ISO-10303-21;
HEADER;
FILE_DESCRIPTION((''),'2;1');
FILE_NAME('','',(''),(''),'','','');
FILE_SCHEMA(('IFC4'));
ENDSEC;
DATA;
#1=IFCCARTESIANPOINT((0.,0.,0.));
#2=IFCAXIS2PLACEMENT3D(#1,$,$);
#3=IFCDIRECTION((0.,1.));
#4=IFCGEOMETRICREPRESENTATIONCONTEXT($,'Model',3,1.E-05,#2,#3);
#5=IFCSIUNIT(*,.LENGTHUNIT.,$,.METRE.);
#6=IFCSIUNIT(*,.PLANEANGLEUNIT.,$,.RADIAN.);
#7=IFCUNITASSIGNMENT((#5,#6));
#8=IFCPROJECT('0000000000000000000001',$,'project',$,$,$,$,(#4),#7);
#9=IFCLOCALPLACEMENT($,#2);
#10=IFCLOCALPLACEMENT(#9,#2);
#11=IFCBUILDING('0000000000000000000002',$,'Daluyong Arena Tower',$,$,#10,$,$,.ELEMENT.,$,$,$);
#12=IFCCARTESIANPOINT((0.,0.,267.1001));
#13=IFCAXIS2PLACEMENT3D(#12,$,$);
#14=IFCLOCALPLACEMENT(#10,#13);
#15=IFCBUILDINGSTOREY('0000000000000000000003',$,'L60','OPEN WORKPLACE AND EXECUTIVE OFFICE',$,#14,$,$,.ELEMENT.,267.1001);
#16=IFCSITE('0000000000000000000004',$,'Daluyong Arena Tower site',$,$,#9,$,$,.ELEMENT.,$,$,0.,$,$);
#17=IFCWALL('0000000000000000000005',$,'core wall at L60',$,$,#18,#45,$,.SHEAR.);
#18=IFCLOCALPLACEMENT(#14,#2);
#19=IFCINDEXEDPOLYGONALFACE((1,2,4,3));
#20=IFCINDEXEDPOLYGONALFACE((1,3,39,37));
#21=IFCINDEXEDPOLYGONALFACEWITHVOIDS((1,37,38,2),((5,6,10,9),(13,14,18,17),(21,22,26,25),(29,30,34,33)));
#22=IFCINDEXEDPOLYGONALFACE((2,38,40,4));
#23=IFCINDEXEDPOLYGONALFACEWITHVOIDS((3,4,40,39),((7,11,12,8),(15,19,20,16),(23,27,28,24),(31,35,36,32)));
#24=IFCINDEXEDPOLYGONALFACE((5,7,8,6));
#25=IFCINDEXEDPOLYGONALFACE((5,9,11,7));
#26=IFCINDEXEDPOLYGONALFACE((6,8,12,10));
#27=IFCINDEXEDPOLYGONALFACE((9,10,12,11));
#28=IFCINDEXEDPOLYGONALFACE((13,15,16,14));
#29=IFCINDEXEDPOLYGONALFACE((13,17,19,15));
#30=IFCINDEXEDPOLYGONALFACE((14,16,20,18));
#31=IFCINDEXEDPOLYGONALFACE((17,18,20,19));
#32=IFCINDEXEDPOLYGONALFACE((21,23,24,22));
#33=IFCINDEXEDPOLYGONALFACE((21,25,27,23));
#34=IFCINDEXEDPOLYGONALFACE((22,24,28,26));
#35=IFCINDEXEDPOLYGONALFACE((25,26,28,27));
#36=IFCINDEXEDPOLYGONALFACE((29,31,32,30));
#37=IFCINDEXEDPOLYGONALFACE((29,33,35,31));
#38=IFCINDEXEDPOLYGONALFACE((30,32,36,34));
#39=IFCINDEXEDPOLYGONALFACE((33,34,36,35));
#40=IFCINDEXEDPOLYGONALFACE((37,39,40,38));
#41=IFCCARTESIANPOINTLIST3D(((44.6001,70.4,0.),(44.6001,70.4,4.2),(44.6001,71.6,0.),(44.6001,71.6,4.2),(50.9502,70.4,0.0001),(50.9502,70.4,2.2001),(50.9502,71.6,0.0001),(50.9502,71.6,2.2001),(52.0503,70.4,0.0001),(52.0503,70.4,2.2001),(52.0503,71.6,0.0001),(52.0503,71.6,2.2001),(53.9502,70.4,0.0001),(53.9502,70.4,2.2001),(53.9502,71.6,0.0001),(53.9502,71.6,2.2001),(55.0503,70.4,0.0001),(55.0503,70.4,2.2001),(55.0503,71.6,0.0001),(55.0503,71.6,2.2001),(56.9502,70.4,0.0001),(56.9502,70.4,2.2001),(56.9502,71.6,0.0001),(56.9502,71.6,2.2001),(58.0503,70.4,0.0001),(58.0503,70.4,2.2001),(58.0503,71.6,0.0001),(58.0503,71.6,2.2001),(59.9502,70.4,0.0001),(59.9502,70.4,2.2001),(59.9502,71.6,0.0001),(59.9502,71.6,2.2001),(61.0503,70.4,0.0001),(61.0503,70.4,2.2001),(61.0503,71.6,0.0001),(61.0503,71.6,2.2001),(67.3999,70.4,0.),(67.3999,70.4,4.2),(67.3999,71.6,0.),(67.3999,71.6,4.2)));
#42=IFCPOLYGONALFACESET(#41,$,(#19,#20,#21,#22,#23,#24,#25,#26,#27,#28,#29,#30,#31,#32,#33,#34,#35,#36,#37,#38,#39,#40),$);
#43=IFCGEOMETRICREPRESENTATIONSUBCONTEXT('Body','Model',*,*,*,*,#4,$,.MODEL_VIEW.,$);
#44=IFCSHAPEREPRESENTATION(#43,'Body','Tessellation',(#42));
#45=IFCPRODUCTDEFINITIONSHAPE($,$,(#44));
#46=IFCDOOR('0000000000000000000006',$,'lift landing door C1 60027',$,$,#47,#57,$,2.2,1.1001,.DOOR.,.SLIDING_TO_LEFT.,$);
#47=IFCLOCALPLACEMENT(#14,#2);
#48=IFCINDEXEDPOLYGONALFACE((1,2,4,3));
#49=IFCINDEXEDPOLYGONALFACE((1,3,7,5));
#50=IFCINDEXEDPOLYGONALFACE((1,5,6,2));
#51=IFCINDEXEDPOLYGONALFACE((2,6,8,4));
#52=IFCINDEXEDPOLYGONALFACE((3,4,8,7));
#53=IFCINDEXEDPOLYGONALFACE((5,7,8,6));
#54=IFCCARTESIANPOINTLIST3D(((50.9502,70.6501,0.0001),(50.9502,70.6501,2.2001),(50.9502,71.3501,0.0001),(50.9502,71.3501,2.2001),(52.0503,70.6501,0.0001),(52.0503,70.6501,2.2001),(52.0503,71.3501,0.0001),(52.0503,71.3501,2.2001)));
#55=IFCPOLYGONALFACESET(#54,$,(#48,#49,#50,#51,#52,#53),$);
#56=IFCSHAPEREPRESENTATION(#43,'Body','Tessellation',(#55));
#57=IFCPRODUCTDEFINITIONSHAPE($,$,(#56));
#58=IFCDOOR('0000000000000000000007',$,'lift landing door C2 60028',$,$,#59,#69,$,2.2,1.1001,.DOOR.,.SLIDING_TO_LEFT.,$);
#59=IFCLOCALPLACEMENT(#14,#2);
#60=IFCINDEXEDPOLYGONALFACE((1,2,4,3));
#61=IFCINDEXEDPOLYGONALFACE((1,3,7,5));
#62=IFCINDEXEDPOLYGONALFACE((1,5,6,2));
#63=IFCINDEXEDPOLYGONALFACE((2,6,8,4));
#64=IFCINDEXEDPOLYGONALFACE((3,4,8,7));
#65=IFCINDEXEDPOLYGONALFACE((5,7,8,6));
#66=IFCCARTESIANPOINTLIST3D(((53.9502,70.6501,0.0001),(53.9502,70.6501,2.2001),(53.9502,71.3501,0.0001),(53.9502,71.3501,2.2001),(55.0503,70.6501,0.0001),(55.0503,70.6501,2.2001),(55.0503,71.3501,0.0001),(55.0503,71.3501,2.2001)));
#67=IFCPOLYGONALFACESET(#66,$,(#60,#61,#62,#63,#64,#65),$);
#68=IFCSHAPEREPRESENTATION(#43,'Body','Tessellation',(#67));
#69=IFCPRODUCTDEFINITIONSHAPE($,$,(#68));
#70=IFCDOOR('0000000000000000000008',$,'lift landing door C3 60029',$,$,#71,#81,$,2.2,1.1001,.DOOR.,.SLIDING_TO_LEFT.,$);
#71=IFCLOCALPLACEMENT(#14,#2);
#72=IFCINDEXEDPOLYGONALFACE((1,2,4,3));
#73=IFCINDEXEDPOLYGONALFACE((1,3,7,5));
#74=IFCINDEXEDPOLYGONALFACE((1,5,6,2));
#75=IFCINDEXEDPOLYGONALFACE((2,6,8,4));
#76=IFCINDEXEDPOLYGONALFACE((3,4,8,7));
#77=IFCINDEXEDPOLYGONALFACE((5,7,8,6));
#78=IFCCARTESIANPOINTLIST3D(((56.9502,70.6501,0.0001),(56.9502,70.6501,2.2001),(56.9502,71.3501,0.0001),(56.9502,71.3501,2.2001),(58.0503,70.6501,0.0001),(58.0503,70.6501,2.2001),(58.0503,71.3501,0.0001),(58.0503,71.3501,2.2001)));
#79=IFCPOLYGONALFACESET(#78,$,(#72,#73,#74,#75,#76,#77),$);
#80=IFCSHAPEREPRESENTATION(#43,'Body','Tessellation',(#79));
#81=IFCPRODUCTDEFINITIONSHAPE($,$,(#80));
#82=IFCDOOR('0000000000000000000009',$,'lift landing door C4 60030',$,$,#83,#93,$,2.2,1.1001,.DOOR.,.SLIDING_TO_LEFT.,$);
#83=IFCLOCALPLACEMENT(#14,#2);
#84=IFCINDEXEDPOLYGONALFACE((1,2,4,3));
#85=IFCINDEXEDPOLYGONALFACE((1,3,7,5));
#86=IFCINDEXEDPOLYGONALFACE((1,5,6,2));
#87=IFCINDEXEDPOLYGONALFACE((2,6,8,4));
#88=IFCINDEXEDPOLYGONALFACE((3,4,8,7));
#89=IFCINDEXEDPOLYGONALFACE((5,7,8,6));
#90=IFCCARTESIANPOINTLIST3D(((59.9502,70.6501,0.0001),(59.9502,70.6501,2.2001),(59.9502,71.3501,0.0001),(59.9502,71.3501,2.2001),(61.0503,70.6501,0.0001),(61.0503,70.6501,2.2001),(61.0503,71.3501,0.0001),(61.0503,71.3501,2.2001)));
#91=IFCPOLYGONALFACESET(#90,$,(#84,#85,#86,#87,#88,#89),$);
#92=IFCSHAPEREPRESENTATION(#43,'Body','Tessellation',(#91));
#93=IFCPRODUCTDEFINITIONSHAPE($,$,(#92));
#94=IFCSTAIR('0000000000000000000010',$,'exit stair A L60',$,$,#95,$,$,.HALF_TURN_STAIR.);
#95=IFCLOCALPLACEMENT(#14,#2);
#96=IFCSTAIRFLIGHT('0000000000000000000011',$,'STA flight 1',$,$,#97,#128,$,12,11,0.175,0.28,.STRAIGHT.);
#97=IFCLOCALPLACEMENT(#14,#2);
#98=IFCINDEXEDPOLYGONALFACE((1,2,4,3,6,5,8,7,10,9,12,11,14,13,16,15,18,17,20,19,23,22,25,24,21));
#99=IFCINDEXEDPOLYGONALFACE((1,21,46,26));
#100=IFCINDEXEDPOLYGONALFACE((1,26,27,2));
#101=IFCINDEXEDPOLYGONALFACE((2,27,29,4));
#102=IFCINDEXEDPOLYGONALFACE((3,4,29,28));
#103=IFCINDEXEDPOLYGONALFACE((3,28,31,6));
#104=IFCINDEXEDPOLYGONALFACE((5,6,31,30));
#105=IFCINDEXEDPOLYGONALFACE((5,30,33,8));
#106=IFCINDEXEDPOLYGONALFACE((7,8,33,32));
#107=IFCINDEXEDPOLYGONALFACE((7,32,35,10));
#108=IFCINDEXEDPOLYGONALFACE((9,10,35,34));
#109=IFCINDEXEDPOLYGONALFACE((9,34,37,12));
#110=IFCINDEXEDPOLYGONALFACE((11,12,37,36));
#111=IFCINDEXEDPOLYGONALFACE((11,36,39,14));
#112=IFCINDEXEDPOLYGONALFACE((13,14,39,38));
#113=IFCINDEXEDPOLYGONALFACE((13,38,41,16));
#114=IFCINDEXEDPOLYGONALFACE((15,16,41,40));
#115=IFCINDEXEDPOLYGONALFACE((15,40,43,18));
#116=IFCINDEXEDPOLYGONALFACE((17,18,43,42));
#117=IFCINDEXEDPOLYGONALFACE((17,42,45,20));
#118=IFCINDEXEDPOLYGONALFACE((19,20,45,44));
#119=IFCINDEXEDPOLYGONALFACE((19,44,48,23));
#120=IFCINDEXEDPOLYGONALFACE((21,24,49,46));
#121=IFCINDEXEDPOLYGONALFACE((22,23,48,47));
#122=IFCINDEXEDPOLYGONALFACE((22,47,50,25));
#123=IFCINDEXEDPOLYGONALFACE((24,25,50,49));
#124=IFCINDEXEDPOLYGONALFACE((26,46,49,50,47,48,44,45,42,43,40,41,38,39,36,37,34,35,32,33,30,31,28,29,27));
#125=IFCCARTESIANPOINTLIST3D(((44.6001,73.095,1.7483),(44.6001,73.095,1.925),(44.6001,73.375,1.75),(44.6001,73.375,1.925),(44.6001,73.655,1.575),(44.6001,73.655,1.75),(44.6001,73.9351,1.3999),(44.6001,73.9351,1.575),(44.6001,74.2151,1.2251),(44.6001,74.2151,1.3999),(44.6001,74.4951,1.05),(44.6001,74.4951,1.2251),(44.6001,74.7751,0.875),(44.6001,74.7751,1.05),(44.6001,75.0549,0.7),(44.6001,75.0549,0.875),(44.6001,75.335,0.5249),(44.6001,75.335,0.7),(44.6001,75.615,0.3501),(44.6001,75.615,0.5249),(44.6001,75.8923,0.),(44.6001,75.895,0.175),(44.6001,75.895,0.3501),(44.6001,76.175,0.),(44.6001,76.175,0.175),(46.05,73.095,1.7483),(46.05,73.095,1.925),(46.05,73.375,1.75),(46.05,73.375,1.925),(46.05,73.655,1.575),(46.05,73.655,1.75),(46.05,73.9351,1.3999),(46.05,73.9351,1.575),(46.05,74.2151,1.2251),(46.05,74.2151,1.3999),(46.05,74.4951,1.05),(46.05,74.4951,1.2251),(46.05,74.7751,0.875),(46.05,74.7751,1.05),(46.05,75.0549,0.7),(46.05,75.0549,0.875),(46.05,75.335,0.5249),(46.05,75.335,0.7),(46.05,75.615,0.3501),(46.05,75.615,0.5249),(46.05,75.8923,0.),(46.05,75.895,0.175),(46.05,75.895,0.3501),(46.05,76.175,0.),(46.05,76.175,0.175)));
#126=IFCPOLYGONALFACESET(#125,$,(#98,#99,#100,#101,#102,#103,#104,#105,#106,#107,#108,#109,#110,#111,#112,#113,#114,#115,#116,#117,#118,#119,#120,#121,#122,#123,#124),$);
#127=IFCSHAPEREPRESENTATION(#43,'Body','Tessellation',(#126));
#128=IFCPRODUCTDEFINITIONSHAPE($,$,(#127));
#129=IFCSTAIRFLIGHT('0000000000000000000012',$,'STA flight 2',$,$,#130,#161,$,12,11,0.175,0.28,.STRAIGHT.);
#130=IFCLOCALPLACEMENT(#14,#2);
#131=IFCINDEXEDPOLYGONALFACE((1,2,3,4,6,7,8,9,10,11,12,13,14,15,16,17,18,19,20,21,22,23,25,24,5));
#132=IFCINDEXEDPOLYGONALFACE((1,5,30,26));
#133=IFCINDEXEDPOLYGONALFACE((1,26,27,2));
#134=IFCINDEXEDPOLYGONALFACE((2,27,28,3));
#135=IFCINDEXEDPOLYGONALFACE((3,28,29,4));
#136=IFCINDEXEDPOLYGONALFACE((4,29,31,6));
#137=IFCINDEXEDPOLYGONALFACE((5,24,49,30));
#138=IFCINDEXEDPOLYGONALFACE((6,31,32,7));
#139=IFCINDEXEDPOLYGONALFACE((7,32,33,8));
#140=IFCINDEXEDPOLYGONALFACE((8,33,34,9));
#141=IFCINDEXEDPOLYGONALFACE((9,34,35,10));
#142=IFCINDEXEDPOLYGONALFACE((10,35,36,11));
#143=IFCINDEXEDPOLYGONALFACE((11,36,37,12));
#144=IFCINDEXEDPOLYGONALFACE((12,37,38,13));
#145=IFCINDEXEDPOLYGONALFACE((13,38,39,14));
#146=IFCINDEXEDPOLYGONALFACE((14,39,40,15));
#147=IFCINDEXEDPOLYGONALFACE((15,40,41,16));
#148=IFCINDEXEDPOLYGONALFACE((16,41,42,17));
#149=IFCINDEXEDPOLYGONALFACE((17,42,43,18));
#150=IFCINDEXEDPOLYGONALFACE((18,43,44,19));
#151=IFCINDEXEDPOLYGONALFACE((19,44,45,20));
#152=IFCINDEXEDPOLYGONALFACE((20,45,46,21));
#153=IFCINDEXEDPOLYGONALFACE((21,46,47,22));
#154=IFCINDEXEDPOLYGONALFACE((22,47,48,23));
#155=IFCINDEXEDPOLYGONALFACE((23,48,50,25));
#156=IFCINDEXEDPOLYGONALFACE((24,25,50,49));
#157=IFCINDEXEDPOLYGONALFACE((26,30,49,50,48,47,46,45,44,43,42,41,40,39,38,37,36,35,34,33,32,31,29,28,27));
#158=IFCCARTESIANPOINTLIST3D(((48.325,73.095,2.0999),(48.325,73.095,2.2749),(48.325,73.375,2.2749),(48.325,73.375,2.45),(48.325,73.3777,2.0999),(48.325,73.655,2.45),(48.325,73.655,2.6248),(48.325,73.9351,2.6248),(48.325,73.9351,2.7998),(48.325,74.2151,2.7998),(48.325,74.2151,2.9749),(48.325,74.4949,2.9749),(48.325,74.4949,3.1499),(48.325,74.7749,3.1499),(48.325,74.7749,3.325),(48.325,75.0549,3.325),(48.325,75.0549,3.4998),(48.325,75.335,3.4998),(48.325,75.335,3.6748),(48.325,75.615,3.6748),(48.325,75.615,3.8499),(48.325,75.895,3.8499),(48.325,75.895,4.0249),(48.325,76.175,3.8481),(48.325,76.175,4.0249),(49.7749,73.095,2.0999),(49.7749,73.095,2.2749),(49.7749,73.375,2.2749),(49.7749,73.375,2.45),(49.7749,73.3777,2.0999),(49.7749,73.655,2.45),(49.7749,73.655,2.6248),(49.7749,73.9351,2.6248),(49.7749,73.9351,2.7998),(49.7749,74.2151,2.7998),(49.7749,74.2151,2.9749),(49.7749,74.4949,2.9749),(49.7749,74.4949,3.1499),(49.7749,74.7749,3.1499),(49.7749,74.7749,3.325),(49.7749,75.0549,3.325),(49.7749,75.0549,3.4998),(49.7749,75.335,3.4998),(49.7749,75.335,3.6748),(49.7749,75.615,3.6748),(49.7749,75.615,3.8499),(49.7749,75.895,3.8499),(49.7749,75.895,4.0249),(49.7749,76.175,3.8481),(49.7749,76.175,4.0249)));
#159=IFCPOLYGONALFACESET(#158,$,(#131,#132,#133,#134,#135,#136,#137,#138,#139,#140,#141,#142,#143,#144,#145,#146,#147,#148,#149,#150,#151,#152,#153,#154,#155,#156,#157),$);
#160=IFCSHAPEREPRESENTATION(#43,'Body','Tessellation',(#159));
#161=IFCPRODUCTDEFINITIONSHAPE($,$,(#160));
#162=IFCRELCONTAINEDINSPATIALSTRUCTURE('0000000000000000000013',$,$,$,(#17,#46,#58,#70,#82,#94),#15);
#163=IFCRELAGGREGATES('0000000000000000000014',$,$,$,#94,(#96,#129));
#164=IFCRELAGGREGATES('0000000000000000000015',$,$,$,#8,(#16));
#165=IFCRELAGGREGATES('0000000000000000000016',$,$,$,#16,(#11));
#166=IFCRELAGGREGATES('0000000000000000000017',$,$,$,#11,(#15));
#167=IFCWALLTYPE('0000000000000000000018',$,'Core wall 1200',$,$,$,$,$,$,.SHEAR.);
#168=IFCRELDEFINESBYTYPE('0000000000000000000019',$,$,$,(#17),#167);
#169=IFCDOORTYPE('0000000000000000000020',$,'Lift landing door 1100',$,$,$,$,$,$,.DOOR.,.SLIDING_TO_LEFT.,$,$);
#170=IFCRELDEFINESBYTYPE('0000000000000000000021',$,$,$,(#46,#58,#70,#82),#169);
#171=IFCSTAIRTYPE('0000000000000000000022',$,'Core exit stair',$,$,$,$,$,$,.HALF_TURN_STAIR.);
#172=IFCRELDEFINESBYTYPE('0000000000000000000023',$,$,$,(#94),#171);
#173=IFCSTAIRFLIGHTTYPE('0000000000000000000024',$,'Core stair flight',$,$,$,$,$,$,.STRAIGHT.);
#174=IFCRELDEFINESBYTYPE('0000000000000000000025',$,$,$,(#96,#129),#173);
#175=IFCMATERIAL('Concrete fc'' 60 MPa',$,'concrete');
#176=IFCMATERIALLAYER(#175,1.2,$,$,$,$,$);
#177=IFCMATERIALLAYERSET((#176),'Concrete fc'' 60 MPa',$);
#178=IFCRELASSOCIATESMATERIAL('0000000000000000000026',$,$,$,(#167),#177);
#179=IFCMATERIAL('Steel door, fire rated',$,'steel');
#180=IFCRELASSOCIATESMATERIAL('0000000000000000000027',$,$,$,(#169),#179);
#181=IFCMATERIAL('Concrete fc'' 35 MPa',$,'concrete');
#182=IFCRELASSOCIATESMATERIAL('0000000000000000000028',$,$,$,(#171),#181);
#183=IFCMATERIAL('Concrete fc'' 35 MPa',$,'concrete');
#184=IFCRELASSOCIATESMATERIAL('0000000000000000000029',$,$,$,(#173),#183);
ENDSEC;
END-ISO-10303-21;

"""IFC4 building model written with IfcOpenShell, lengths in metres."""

from ifc_helpers import new_model, si_unit, direction, frame, frame_2d, origin, place, context, subcontext, project, spatial, polyline, rectangle, outline, extrude, material, layer, layer_set, type_object, element, fill, aggregate, save


model = new_model("IFC4")

# Units and contexts
model_context = context("Model", 3, precision=1e-05, world=origin(), true_north=direction((0.0, 1.0)))
body_context = subcontext(model_context, "Body", "Model", "MODEL_VIEW")
ifc_project = project(units=[si_unit("LENGTHUNIT", "METRE"), si_unit("PLANEANGLEUNIT", "RADIAN")], contexts=[model_context])

# Site, building, storey
site_placement = place(None, origin())
site = spatial("IfcSite", under=ifc_project, at=site_placement, Name="Daluyong Arena Tower site", CompositionType="ELEMENT", RefElevation=0.0)
building_placement = place(site_placement, origin())
building = spatial("IfcBuilding", under=site, at=building_placement, Name="Daluyong Arena Tower", CompositionType="ELEMENT")
storey_placement = place(building_placement, frame((0.0, 0.0, 267.1001)))
storey = spatial("IfcBuildingStorey", under=building, at=storey_placement, Name="L60", Description="OPEN WORKPLACE AND EXECUTIVE OFFICE", CompositionType="ELEMENT", Elevation=267.1001)

# Shared definitions
ifc_material_1 = material(Name="Concrete fc' 60 MPa", Category="concrete")
ifc_layer_1 = layer(ifc_material_1, 1.2)
ifc_layer_set_1 = layer_set([ifc_layer_1], Name="Concrete fc' 60 MPa")
wall_type_1 = type_object("IfcWallType", Name="Core wall 1200", PredefinedType="SHEAR", material=ifc_layer_set_1)

# Wall, openings, doors
wall_1_placement = place(storey_placement, frame((44.6001, 71.0, 0.0), z_axis=(0.0, 0.0, 1.0), x_axis=(1.0, 0.0, 0.0)))
wall_1 = element("IfcWall", 1, at=wall_1_placement, inside=storey, type_object=wall_type_1, Name="core wall at L60", PredefinedType="SHEAR", context=body_context, shape_type="SweptSolid", body=[
    extrude(rectangle(XDim=22.7998, YDim=1.2, at=frame_2d((11.3999, 0.0))), origin(), (0.0, 0.0, 1.0), 4.2),
])
opening_1_placement = place(wall_1_placement, frame((6.3501, 0.0, 0.0)))
opening_1 = element("IfcOpeningElement", 2, at=opening_1_placement, cuts=wall_1, PredefinedType="OPENING", context=body_context, shape_type="SweptSolid", body=[
    extrude(rectangle(XDim=1.1001, YDim=2.2, at=frame_2d((0.55, 1.1001))), frame((0.0, 0.6099, 0.0), z_axis=(0.0, -1.0, 0.0), x_axis=(1.0, 0.0, 0.0)), (0.0, 0.0, 1.0), 1.22),
])
opening_2_placement = place(wall_1_placement, frame((9.3501, 0.0, 0.0)))
opening_2 = element("IfcOpeningElement", 3, at=opening_2_placement, cuts=wall_1, PredefinedType="OPENING", context=body_context, shape_type="SweptSolid", body=[
    extrude(rectangle(XDim=1.1001, YDim=2.2, at=frame_2d((0.55, 1.1001))), frame((0.0, 0.6099, 0.0), z_axis=(0.0, -1.0, 0.0), x_axis=(1.0, 0.0, 0.0)), (0.0, 0.0, 1.0), 1.22),
])
opening_3_placement = place(wall_1_placement, frame((12.3501, 0.0, 0.0)))
opening_3 = element("IfcOpeningElement", 4, at=opening_3_placement, cuts=wall_1, PredefinedType="OPENING", context=body_context, shape_type="SweptSolid", body=[
    extrude(rectangle(XDim=1.1001, YDim=2.2, at=frame_2d((0.55, 1.1001))), frame((0.0, 0.6099, 0.0), z_axis=(0.0, -1.0, 0.0), x_axis=(1.0, 0.0, 0.0)), (0.0, 0.0, 1.0), 1.22),
])
opening_4_placement = place(wall_1_placement, frame((15.3501, 0.0, 0.0)))
opening_4 = element("IfcOpeningElement", 5, at=opening_4_placement, cuts=wall_1, PredefinedType="OPENING", context=body_context, shape_type="SweptSolid", body=[
    extrude(rectangle(XDim=1.1001, YDim=2.2, at=frame_2d((0.55, 1.1001))), frame((0.0, 0.6099, 0.0), z_axis=(0.0, -1.0, 0.0), x_axis=(1.0, 0.0, 0.0)), (0.0, 0.0, 1.0), 1.22),
])
ifc_material_2 = material(Name="Steel door, fire rated", Category="steel")
door_type_1 = type_object("IfcDoorType", Name="Lift landing door 1100", OperationType="SLIDING_TO_LEFT", PredefinedType="DOOR", material=ifc_material_2)
door_1_placement = place(opening_1_placement, origin())
door_1 = element("IfcDoor", 6, at=door_1_placement, inside=storey, type_object=door_type_1, Name="lift landing door C1 60027", OperationType="SLIDING_TO_LEFT", OverallHeight=2.2, OverallWidth=1.1001, PredefinedType="DOOR", context=body_context, shape_type="SweptSolid", body=[
    extrude(rectangle(XDim=1.1001, YDim=2.2, at=frame_2d((0.55, 1.1001))), frame((0.0, 0.3501, 0.0), z_axis=(0.0, -1.0, 0.0), x_axis=(1.0, 0.0, 0.0)), (0.0, 0.0, 1.0), 0.7),
])
fill(opening_1, door_1)
door_2_placement = place(opening_2_placement, origin())
door_2 = element("IfcDoor", 7, at=door_2_placement, inside=storey, type_object=door_type_1, Name="lift landing door C2 60028", OperationType="SLIDING_TO_LEFT", OverallHeight=2.2, OverallWidth=1.1001, PredefinedType="DOOR", context=body_context, shape_type="SweptSolid", body=[
    extrude(rectangle(XDim=1.1001, YDim=2.2, at=frame_2d((0.55, 1.1001))), frame((0.0, 0.3501, 0.0), z_axis=(0.0, -1.0, 0.0), x_axis=(1.0, 0.0, 0.0)), (0.0, 0.0, 1.0), 0.7),
])
fill(opening_2, door_2)
door_3_placement = place(opening_3_placement, origin())
door_3 = element("IfcDoor", 8, at=door_3_placement, inside=storey, type_object=door_type_1, Name="lift landing door C3 60029", OperationType="SLIDING_TO_LEFT", OverallHeight=2.2, OverallWidth=1.1001, PredefinedType="DOOR", context=body_context, shape_type="SweptSolid", body=[
    extrude(rectangle(XDim=1.1001, YDim=2.2, at=frame_2d((0.55, 1.1001))), frame((0.0, 0.3501, 0.0), z_axis=(0.0, -1.0, 0.0), x_axis=(1.0, 0.0, 0.0)), (0.0, 0.0, 1.0), 0.7),
])
fill(opening_3, door_3)
door_4_placement = place(opening_4_placement, origin())
door_4 = element("IfcDoor", 9, at=door_4_placement, inside=storey, type_object=door_type_1, Name="lift landing door C4 60030", OperationType="SLIDING_TO_LEFT", OverallHeight=2.2, OverallWidth=1.1001, PredefinedType="DOOR", context=body_context, shape_type="SweptSolid", body=[
    extrude(rectangle(XDim=1.1001, YDim=2.2, at=frame_2d((0.55, 1.1001))), frame((0.0, 0.3501, 0.0), z_axis=(0.0, -1.0, 0.0), x_axis=(1.0, 0.0, 0.0)), (0.0, 0.0, 1.0), 0.7),
])
fill(opening_4, door_4)

# Stair, stair flights
ifc_material_3 = material(Name="Concrete fc' 35 MPa", Category="concrete")
stair_type = type_object("IfcStairType", Name="Core exit stair", PredefinedType="HALF_TURN_STAIR", material=ifc_material_3)
stair_placement = place(storey_placement, origin())
stair = element("IfcStair", 10, at=stair_placement, inside=storey, type_object=stair_type, Name="exit stair A L60", PredefinedType="HALF_TURN_STAIR")
ifc_material_4 = material(Name="Concrete fc' 35 MPa", Category="concrete")
stair_flight_type = type_object("IfcStairFlightType", Name="Core stair flight", PredefinedType="STRAIGHT", material=ifc_material_4)
stair_flight_1_placement = place(storey_placement, frame((45.325, 76.175, 0.0), z_axis=(0.0, 0.0, 1.0), x_axis=(0.0, -1.0, 0.0)))
stair_flight_1 = element("IfcStairFlight", 11, at=stair_flight_1_placement, type_object=stair_flight_type, Name="STA flight 1", NumberOfRisers=12, NumberOfTreads=11, PredefinedType="STRAIGHT", RiserHeight=0.175, TreadLength=0.28, context=body_context, shape_type="SweptSolid", body=[
    extrude(outline(polyline([(0.0, 0.0), (0.0, 0.175), (0.28, 0.175), (0.28, 0.3501), (0.5601, 0.3501), (0.5601, 0.5249), (0.8401, 0.5249), (0.8401, 0.7), (1.1201, 0.7), (1.1201, 0.875), (1.3999, 0.875), (1.3999, 1.05), (1.6799, 1.05), (1.6799, 1.2251), (1.96, 1.2251), (1.96, 1.3999), (2.24, 1.3999), (2.24, 1.575), (2.52, 1.575), (2.52, 1.75), (2.8, 1.75), (2.8, 1.925), (3.0801, 1.925), (3.0801, 2.1001), (3.0801, 1.7483), (0.2827, 0.0), (0.0, 0.0)])), frame((0.0, 0.7251, 0.0), z_axis=(0.0, -1.0, 0.0), x_axis=(1.0, 0.0, 0.0)), (0.0, 0.0, 1.0), 1.45),
])
stair_flight_2_placement = place(storey_placement, frame((49.05, 73.095, 2.0999), z_axis=(0.0, 0.0, 1.0), x_axis=(0.0, 1.0, 0.0)))
stair_flight_2 = element("IfcStairFlight", 12, at=stair_flight_2_placement, type_object=stair_flight_type, Name="STA flight 2", NumberOfRisers=12, NumberOfTreads=11, PredefinedType="STRAIGHT", RiserHeight=0.175, TreadLength=0.28, context=body_context, shape_type="SweptSolid", body=[
    extrude(outline(polyline([(0.0, 0.0), (0.0, 0.175), (0.28, 0.175), (0.28, 0.3501), (0.5601, 0.3501), (0.5601, 0.5249), (0.8401, 0.5249), (0.8401, 0.7), (1.1201, 0.7), (1.1201, 0.875), (1.3999, 0.875), (1.3999, 1.05), (1.6799, 1.05), (1.6799, 1.2251), (1.96, 1.2251), (1.96, 1.3999), (2.24, 1.3999), (2.24, 1.575), (2.52, 1.575), (2.52, 1.75), (2.8, 1.75), (2.8, 1.925), (3.0801, 1.925), (3.0801, 2.1001), (3.0801, 1.7483), (0.2827, 0.0), (0.0, 0.0)])), frame((0.0, 0.7251, 0.0), z_axis=(0.0, -1.0, 0.0), x_axis=(1.0, 0.0, 0.0)), (0.0, 0.0, 1.0), 1.45),
])
aggregate(stair, [stair_flight_1, stair_flight_2])

save(model, "model.ifc")
